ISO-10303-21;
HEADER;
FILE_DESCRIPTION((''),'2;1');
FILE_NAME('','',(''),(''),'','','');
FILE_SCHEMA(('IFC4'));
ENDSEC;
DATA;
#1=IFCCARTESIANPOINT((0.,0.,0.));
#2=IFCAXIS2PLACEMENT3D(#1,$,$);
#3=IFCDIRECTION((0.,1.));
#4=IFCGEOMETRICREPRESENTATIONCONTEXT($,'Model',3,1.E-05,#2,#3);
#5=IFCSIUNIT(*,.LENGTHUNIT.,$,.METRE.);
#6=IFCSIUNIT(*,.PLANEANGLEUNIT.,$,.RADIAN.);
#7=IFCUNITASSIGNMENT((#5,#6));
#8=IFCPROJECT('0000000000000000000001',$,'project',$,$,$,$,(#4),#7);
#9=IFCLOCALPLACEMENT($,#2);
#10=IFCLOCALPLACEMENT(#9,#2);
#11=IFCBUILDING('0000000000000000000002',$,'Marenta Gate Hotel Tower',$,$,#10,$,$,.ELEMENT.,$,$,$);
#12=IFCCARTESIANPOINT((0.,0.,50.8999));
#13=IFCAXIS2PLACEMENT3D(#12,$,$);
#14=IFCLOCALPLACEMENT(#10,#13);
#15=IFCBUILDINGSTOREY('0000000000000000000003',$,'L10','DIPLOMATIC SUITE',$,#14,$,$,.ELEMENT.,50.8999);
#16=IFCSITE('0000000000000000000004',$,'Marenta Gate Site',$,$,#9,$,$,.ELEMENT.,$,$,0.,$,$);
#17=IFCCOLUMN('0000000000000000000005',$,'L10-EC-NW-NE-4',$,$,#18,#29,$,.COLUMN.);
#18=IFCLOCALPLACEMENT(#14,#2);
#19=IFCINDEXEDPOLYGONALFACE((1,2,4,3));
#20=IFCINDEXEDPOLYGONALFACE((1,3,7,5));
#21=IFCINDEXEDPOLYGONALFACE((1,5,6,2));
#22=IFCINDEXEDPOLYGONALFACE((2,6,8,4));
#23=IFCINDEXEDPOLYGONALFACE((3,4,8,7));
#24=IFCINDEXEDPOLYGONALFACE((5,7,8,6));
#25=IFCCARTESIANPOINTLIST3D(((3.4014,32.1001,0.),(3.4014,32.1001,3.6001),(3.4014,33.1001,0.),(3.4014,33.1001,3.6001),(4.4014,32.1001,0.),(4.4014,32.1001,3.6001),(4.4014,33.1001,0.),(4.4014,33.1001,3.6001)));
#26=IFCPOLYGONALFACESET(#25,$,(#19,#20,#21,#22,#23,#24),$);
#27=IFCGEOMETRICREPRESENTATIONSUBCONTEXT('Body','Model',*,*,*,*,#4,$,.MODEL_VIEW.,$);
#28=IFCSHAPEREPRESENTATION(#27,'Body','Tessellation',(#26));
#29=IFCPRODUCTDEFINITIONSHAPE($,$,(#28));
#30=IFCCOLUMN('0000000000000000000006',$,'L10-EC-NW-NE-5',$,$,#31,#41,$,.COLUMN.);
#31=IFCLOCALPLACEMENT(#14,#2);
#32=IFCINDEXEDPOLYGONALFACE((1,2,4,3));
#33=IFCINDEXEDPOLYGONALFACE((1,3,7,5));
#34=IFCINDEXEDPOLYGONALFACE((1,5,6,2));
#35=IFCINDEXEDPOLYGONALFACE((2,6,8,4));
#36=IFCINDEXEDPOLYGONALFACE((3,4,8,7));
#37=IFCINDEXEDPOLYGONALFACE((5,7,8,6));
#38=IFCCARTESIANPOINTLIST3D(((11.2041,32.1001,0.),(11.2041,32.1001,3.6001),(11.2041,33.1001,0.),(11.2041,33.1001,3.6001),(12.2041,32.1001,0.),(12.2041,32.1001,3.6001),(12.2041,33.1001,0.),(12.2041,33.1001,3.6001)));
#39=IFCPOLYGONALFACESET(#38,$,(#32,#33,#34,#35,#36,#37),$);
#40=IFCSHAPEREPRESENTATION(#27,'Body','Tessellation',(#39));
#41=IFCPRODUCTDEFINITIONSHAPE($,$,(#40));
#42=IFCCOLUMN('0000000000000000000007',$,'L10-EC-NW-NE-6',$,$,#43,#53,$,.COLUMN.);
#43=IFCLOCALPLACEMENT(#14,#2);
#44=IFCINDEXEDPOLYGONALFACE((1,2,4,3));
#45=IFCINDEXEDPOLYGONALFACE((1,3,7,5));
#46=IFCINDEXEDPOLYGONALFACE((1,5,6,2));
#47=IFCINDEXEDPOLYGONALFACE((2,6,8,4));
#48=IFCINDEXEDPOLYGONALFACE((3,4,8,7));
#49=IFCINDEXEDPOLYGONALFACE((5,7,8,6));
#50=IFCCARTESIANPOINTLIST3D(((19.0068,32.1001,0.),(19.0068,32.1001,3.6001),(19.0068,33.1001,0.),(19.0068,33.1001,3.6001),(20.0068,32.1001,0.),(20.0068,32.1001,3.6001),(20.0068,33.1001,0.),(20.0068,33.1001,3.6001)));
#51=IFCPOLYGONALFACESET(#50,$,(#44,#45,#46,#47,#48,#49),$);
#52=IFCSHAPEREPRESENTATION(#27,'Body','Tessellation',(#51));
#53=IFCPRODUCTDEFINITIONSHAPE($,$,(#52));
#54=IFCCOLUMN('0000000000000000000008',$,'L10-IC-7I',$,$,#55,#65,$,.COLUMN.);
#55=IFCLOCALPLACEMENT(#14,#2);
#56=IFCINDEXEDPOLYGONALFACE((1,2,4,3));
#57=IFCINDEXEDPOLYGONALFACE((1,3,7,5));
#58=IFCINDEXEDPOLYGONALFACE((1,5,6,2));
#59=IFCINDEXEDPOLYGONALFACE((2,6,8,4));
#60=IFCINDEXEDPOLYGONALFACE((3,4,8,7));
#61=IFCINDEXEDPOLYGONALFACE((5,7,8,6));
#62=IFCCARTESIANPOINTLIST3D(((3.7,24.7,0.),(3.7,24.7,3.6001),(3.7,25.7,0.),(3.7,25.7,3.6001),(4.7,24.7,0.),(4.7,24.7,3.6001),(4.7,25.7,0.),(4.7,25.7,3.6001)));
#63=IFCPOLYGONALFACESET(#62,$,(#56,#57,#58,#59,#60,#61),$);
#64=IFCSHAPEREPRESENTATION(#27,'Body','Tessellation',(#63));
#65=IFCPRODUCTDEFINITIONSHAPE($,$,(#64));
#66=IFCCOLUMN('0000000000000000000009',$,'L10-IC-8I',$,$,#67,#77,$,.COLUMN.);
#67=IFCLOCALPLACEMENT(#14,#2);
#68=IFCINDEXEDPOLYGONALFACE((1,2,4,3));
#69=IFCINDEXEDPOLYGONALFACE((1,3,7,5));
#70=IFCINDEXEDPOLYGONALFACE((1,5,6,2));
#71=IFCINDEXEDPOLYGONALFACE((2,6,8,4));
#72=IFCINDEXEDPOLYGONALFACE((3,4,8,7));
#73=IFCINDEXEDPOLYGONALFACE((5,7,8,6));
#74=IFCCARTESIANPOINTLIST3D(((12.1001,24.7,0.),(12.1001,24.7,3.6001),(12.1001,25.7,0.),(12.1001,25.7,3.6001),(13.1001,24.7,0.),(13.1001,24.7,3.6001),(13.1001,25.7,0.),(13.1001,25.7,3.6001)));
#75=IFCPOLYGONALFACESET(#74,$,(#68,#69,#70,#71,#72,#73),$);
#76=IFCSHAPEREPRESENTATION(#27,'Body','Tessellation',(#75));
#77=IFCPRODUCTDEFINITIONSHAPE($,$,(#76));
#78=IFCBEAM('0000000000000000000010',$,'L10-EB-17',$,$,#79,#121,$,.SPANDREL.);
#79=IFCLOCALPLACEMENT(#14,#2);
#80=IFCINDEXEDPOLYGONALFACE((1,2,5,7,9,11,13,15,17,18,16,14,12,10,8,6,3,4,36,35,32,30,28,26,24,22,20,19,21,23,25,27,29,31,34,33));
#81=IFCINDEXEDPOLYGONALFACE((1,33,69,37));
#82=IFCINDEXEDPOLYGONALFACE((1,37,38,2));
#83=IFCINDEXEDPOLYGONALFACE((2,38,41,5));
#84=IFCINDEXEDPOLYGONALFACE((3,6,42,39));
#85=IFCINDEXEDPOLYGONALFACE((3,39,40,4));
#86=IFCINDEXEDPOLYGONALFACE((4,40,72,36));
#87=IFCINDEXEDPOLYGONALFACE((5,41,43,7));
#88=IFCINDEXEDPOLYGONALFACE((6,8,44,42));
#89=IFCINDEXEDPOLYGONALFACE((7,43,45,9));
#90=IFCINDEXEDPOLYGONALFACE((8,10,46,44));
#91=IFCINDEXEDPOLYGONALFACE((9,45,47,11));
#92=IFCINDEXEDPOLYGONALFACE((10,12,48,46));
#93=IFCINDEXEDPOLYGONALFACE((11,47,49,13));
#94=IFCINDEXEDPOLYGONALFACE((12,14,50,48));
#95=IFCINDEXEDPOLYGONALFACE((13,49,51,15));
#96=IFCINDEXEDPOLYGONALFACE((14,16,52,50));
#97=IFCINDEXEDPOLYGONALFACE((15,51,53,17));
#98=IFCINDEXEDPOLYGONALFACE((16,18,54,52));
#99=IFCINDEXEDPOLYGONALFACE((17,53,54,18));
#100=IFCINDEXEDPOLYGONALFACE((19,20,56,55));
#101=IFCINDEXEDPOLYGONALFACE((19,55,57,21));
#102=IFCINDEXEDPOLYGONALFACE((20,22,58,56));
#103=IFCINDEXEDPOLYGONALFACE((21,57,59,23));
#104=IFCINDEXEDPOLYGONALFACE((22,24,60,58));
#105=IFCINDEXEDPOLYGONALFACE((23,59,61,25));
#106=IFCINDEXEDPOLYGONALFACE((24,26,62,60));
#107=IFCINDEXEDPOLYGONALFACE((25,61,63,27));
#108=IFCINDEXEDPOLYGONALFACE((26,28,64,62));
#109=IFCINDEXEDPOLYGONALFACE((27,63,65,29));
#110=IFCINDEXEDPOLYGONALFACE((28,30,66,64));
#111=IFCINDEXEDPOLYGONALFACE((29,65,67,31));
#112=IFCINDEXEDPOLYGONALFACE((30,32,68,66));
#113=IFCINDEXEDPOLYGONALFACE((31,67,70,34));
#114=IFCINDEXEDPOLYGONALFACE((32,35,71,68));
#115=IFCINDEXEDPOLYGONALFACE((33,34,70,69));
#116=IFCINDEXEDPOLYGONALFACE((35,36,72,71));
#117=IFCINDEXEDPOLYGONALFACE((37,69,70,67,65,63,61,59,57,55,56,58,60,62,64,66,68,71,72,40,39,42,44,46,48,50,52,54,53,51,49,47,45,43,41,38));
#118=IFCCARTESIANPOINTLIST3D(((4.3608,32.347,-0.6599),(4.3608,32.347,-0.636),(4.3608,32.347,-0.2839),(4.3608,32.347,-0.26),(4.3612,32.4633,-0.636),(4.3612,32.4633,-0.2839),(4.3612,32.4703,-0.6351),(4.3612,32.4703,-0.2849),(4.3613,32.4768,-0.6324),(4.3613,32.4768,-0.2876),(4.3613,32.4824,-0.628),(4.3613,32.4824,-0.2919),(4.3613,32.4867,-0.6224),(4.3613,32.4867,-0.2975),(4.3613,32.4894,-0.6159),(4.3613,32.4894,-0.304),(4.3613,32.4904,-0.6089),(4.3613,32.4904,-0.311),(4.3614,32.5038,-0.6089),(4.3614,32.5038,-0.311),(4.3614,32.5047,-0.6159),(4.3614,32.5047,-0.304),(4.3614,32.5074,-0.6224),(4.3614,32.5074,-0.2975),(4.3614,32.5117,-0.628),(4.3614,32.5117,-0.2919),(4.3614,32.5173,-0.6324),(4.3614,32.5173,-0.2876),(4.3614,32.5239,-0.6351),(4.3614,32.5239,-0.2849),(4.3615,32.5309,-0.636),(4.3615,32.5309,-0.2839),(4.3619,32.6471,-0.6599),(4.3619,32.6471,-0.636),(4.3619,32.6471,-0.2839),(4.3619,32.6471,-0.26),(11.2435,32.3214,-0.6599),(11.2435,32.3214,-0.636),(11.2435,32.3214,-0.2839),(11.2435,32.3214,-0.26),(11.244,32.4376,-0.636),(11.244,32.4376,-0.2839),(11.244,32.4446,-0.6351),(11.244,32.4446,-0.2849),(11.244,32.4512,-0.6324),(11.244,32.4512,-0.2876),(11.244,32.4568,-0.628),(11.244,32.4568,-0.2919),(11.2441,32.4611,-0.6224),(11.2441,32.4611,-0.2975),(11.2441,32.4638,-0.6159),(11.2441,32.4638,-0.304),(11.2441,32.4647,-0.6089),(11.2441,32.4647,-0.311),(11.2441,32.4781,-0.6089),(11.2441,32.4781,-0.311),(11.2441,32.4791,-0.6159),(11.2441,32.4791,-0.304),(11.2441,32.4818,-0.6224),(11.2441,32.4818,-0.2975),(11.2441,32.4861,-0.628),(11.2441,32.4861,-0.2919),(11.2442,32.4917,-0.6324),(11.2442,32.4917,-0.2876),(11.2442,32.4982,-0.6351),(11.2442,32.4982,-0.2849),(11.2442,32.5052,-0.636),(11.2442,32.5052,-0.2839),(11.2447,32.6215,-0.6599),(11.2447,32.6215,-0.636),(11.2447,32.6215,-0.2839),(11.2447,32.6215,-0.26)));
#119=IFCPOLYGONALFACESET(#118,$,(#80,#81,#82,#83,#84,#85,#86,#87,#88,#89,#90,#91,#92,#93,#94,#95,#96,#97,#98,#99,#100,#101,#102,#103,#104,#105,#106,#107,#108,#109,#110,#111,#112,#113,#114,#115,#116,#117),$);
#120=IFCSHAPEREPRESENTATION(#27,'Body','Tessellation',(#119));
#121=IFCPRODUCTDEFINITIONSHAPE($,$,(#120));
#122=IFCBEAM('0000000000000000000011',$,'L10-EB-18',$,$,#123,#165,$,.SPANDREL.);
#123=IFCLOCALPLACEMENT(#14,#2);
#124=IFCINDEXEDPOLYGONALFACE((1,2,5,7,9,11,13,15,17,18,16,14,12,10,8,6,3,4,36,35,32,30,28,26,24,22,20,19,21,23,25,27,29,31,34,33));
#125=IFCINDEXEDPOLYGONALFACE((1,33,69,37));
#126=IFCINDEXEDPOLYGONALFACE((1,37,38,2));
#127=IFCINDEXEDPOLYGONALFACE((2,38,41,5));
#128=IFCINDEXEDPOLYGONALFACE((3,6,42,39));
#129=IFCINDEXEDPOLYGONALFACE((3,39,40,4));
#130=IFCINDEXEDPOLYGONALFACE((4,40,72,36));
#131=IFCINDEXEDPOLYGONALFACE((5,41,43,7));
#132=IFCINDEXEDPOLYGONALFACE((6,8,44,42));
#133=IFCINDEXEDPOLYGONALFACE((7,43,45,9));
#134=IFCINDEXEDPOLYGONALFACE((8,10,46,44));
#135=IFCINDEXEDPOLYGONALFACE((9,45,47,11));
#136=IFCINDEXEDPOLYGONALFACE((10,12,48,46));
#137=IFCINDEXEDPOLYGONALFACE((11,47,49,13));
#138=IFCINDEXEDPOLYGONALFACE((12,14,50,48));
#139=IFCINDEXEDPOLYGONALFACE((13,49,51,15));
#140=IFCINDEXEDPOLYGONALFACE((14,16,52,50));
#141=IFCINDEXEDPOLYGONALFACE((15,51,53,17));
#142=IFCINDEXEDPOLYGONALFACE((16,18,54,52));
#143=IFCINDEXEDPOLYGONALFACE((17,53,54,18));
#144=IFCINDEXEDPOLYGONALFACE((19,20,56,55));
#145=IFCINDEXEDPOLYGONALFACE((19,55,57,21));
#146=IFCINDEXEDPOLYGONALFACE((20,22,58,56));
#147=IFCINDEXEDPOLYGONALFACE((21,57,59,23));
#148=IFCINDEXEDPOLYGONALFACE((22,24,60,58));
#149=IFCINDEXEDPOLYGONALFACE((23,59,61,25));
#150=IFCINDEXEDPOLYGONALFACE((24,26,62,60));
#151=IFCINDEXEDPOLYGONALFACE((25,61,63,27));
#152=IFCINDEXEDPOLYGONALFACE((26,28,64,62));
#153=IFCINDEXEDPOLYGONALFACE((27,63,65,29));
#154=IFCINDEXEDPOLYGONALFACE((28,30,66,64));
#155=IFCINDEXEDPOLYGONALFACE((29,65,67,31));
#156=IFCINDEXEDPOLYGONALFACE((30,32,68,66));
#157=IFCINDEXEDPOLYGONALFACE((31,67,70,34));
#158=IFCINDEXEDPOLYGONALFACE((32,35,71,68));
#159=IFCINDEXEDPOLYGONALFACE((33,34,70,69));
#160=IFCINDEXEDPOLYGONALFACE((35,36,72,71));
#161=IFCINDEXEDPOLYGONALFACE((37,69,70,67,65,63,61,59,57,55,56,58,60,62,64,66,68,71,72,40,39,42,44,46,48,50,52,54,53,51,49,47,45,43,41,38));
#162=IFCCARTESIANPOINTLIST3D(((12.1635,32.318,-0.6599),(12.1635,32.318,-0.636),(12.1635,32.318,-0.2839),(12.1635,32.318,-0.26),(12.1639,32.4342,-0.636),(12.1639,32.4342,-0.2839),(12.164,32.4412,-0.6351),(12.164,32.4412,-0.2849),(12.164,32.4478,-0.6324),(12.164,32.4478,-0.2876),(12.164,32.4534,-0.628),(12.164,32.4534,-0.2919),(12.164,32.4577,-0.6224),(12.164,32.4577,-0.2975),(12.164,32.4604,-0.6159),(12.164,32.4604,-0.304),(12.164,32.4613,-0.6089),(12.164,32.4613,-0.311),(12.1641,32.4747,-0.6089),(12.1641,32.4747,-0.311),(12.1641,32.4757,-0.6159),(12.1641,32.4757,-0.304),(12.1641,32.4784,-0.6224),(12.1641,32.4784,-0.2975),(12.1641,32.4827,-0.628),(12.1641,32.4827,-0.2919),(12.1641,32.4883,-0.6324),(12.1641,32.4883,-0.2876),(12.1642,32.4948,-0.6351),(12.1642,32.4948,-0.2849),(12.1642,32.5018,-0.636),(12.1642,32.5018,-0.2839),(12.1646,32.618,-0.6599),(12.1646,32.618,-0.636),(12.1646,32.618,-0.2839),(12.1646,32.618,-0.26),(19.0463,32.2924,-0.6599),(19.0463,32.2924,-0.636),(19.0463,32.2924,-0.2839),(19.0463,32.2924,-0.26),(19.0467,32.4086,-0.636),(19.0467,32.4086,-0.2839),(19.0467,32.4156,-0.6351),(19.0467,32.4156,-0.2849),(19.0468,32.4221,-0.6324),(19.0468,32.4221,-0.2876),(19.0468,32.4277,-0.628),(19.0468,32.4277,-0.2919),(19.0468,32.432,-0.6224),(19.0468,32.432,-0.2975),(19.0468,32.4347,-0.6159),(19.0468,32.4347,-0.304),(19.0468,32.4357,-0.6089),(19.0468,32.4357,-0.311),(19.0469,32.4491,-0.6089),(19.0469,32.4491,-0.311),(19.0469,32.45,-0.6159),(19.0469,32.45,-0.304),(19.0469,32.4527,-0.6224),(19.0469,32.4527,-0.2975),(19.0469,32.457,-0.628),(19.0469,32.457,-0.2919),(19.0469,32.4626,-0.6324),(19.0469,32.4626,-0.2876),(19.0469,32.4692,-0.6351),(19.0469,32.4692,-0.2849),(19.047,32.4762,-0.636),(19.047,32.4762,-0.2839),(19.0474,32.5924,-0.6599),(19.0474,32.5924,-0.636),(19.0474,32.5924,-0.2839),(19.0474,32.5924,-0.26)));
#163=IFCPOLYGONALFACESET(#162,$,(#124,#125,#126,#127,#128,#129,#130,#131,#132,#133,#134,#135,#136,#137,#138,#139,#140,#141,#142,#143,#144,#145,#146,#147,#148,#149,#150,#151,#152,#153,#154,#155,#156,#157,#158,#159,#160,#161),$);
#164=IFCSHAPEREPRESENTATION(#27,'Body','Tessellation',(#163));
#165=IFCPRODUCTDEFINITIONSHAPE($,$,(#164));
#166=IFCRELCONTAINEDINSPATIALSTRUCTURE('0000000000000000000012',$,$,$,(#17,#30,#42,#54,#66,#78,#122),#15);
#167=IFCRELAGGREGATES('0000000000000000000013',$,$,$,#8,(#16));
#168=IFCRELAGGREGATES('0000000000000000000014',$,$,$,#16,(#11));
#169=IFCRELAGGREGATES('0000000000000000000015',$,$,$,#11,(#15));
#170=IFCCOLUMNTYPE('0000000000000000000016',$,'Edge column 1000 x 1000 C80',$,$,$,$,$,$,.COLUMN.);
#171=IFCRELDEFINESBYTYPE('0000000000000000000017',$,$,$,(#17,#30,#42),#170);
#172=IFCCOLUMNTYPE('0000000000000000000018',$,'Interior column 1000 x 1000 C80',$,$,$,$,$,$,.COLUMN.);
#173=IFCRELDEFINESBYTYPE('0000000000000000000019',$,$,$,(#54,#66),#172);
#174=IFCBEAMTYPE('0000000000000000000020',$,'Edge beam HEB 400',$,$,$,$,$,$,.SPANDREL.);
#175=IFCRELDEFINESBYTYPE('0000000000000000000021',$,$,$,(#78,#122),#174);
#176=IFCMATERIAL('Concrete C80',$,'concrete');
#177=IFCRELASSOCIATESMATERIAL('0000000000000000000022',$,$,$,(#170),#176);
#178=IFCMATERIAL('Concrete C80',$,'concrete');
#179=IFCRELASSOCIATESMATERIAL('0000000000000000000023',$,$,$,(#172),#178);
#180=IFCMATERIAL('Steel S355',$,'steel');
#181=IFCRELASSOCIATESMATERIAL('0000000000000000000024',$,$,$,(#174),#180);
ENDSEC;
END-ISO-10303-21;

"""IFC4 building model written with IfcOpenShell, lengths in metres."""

from ifc_helpers import new_model, si_unit, direction, frame, origin, origin_2d, place, context, subcontext, project, spatial, rectangle, i_section, extrude, material, material_profile, profile_set, type_object, element, save


model = new_model("IFC4")

# Units and contexts
model_context = context("Model", 3, precision=1e-05, world=origin(), true_north=direction((0.0, 1.0)))
body_context = subcontext(model_context, "Body", "Model", "MODEL_VIEW")
ifc_project = project(units=[si_unit("LENGTHUNIT", "METRE"), si_unit("PLANEANGLEUNIT", "RADIAN")], contexts=[model_context])

# Site, building, storey
site_placement = place(None, origin())
site = spatial("IfcSite", under=ifc_project, at=site_placement, Name="Marenta Gate Site", CompositionType="ELEMENT", RefElevation=0.0)
building_placement = place(site_placement, origin())
building = spatial("IfcBuilding", under=site, at=building_placement, Name="Marenta Gate Hotel Tower", CompositionType="ELEMENT")
storey_placement = place(building_placement, frame((0.0, 0.0, 50.8999)))
storey = spatial("IfcBuildingStorey", under=building, at=storey_placement, Name="L10", Description="DIPLOMATIC SUITE", CompositionType="ELEMENT", Elevation=50.8999)

# Columns
ifc_material_1 = material(Name="Concrete C80", Category="concrete")
ifc_material_profile_1 = material_profile(ifc_material_1, rectangle(XDim=1.0, YDim=1.0, at=origin_2d()), Name="1000 x 1000")
ifc_profile_set_1 = profile_set([ifc_material_profile_1], Name="Concrete C80")
column_type_1 = type_object("IfcColumnType", Name="Edge column 1000 x 1000 C80", PredefinedType="COLUMN", material=ifc_profile_set_1)
for number, where, z_axis, x_axis, name in (
    (1, (3.9014, 32.6001, 0.0), (0.0, 0.0, 1.0), (1.0, 0.0, 0.0), "L10-EC-NW-NE-4"),
    (2, (11.7041, 32.6001, 0.0), (0.0, 0.0, 1.0), (1.0, 0.0, 0.0), "L10-EC-NW-NE-5"),
    (3, (19.5068, 32.6001, 0.0), (0.0, 0.0, 1.0), (1.0, 0.0, 0.0), "L10-EC-NW-NE-6"),
):
    element("IfcColumn", number, at=place(storey_placement, frame(where, z_axis=z_axis, x_axis=x_axis)), inside=storey, type_object=column_type_1, Name=name, PredefinedType="COLUMN", context=body_context, shape_type="SweptSolid", body=[
        extrude(rectangle(XDim=1.0, YDim=1.0, at=origin_2d()), origin(), (0.0, 0.0, 1.0), 3.6001),
    ])
ifc_material_2 = material(Name="Concrete C80", Category="concrete")
ifc_material_profile_2 = material_profile(ifc_material_2, rectangle(XDim=1.0, YDim=1.0, at=origin_2d()), Name="1000 x 1000")
ifc_profile_set_2 = profile_set([ifc_material_profile_2], Name="Concrete C80")
column_type_2 = type_object("IfcColumnType", Name="Interior column 1000 x 1000 C80", PredefinedType="COLUMN", material=ifc_profile_set_2)
for number, where, z_axis, x_axis, name in (
    (4, (4.2, 25.2, 0.0), (0.0, 0.0, 1.0), (1.0, 0.0, 0.0), "L10-IC-7I"),
    (5, (12.6001, 25.2, 0.0), (0.0, 0.0, 1.0), (1.0, 0.0, 0.0), "L10-IC-8I"),
):
    element("IfcColumn", number, at=place(storey_placement, frame(where, z_axis=z_axis, x_axis=x_axis)), inside=storey, type_object=column_type_2, Name=name, PredefinedType="COLUMN", context=body_context, shape_type="SweptSolid", body=[
        extrude(rectangle(XDim=1.0, YDim=1.0, at=origin_2d()), origin(), (0.0, 0.0, 1.0), 3.6001),
    ])

# Beams
ifc_material_3 = material(Name="Steel S355", Category="steel")
ifc_material_profile_3 = material_profile(ifc_material_3, i_section(OverallWidth=0.3, OverallDepth=0.3999, WebThickness=0.0134, FlangeThickness=0.0239, FilletRadius=0.0271, at=origin_2d()), Name="HEB 400")
ifc_profile_set_3 = profile_set([ifc_material_profile_3], Name="Steel S355")
beam_type_1 = type_object("IfcBeamType", Name="Edge beam HEB 400", PredefinedType="SPANDREL", material=ifc_profile_set_3)
for number, where, z_axis, x_axis, name in (
    (6, (4.3613, 32.4971, -0.46), (0.999993, -0.003724, 0.0), (0.003724, 0.999993, 0.0), "L10-EB-17"),
    (7, (12.1641, 32.468, -0.46), (0.999993, -0.003724, 0.0), (0.003724, 0.999993, 0.0), "L10-EB-18"),
):
    element("IfcBeam", number, at=place(storey_placement, frame(where, z_axis=z_axis, x_axis=x_axis)), inside=storey, type_object=beam_type_1, Name=name, PredefinedType="SPANDREL", context=body_context, shape_type="SweptSolid", body=[
        extrude(i_section(OverallWidth=0.3, OverallDepth=0.3999, WebThickness=0.0134, FlangeThickness=0.0239, FilletRadius=0.0271, at=origin_2d()), origin(), (0.0, 0.0, 1.0), 6.8828),
    ])

save(model, "model.ifc")
